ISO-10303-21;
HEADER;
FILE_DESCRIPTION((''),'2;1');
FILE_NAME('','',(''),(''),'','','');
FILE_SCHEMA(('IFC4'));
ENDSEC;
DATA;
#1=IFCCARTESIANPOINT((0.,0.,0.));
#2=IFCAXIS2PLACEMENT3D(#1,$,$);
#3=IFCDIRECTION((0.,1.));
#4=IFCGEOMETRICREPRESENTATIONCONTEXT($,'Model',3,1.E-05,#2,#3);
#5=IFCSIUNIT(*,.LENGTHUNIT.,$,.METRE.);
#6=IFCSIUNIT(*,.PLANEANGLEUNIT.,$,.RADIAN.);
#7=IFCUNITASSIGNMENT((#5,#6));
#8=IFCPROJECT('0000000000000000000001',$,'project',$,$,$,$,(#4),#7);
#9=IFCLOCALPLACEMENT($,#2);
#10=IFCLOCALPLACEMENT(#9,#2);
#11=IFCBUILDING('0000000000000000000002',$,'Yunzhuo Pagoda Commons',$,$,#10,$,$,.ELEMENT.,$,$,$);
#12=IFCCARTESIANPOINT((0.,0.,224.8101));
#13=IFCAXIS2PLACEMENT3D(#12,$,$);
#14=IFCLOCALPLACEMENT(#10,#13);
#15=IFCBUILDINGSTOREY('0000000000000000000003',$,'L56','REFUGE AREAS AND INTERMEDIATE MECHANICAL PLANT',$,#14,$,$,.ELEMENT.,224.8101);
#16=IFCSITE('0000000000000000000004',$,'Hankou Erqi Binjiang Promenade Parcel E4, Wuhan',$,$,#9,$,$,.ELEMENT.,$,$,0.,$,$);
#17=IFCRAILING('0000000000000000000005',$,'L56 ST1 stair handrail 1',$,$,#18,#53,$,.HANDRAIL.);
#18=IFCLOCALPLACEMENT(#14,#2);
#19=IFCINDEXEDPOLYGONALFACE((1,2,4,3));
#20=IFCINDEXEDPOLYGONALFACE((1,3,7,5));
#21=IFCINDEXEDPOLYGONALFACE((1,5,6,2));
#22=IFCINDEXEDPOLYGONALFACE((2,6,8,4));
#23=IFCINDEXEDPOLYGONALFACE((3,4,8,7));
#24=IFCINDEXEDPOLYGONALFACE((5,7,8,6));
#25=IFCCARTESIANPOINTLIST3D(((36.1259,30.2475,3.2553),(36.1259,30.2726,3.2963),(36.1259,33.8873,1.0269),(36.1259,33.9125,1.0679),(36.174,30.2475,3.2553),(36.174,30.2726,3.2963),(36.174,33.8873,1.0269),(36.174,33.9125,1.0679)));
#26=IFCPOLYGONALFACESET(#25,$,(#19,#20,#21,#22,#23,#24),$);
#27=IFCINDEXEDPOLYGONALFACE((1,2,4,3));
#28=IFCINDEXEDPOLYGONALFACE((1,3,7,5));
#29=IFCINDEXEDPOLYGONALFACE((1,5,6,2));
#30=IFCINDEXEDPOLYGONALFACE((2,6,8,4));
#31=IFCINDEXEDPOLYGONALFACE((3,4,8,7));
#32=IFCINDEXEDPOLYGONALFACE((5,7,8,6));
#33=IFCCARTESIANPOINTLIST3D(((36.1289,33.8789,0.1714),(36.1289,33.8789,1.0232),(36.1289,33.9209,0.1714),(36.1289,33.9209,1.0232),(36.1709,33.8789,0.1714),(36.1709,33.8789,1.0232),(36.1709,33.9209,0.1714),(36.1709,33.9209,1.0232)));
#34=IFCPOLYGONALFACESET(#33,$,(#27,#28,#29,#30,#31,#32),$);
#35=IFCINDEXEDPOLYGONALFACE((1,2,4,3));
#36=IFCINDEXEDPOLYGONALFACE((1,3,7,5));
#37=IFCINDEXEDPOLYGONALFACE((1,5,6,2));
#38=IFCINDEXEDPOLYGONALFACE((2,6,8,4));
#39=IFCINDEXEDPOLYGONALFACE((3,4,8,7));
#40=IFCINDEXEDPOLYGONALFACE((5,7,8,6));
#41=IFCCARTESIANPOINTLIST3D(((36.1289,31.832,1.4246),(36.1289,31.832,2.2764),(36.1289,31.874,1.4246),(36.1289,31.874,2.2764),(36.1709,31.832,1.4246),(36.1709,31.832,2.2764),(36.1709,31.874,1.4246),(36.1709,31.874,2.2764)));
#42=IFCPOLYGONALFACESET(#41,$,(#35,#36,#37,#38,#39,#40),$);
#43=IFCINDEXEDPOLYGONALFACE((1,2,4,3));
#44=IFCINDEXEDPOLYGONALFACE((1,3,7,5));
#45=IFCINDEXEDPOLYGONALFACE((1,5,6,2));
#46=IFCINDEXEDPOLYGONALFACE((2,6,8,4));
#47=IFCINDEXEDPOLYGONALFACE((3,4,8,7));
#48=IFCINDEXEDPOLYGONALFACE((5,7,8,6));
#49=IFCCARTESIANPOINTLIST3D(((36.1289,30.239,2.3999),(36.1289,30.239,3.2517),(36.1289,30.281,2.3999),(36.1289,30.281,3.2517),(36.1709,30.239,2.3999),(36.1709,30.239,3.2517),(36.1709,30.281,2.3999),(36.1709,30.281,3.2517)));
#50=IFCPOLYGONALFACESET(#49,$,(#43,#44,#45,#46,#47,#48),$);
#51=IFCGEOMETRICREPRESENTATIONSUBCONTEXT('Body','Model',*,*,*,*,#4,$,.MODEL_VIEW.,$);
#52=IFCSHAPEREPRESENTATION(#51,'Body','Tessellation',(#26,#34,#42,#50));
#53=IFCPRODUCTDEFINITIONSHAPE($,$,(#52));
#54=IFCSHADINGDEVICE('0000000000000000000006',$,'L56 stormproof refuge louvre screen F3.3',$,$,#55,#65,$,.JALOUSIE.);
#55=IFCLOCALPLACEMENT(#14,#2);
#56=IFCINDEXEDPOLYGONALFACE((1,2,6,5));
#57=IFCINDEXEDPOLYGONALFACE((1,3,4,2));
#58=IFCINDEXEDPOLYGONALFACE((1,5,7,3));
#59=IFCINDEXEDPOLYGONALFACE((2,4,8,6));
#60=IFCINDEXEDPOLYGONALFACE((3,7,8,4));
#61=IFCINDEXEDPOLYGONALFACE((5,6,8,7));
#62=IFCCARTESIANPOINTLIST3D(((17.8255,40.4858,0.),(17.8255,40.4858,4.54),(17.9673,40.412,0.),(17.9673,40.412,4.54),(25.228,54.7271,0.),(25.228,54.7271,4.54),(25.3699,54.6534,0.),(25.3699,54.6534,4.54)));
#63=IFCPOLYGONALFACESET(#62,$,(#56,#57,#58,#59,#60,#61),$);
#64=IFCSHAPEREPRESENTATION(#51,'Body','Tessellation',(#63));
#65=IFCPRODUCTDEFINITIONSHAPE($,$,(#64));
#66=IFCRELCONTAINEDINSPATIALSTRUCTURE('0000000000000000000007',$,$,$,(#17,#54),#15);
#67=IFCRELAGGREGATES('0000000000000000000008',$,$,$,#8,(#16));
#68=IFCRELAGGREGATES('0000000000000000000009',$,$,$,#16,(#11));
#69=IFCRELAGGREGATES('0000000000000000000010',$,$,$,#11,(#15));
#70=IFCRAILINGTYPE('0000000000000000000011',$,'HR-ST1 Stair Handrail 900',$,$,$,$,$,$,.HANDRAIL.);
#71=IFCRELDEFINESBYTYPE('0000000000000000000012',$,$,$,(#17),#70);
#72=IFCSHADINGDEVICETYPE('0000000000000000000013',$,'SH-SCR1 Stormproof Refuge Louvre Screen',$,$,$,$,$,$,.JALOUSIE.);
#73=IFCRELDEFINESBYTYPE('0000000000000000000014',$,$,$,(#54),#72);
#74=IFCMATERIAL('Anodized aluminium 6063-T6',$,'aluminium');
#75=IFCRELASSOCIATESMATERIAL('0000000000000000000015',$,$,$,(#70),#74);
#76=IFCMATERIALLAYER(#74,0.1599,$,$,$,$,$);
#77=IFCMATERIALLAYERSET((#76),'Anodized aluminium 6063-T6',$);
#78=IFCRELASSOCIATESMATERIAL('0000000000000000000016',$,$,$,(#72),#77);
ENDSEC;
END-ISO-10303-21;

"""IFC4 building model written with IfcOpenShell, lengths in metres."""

from ifc_helpers import new_model, si_unit, direction, frame, origin, origin_2d, place, context, subcontext, project, spatial, rectangle, extrude, source, transform, mapped, material, layer, layer_set, type_object, element, save


model = new_model("IFC4")

# Units and contexts
model_context = context("Model", 3, precision=1e-05, world=origin(), true_north=direction((0.0, 1.0)))
body_context = subcontext(model_context, "Body", "Model", "MODEL_VIEW")
ifc_project = project(units=[si_unit("LENGTHUNIT", "METRE"), si_unit("PLANEANGLEUNIT", "RADIAN")], contexts=[model_context])

# Site, building, storey
site_placement = place(None, origin())
site = spatial("IfcSite", under=ifc_project, at=site_placement, Name="Hankou Erqi Binjiang Promenade Parcel E4, Wuhan", CompositionType="ELEMENT", RefElevation=0.0)
building_placement = place(site_placement, origin())
building = spatial("IfcBuilding", under=site, at=building_placement, Name="Yunzhuo Pagoda Commons", CompositionType="ELEMENT")
storey_placement = place(building_placement, frame((0.0, 0.0, 224.8101)))
storey = spatial("IfcBuildingStorey", under=building, at=storey_placement, Name="L56", Description="REFUGE AREAS AND INTERMEDIATE MECHANICAL PLANT", CompositionType="ELEMENT", Elevation=224.8101)

# Railing
ifc_material_1 = material(Name="Anodized aluminium 6063-T6", Category="aluminium")
railing_type_1 = type_object("IfcRailingType", Name="HR-ST1 Stair Handrail 900", PredefinedType="HANDRAIL", material=ifc_material_1)
railing_1_placement = place(storey_placement, frame((36.1499, 33.8999, 0.1714)))
element("IfcRailing", 1, at=railing_1_placement, inside=storey, type_object=railing_type_1, Name="L56 ST1 stair handrail 1", PredefinedType="HANDRAIL", context=body_context, shape_type="SweptSolid", body=[
    extrude(rectangle(XDim=0.0481, YDim=0.0481, at=origin_2d()), frame((0.0, 0.0, 0.876), z_axis=(0.0, -0.85285, 0.522156), x_axis=(1.0, 0.0, 0.0)), (0.0, 0.0, 1.0), 4.2678),
    extrude(rectangle(XDim=0.042, YDim=0.042, at=origin_2d()), origin(), (0.0, 0.0, 1.0), 0.8518),
    extrude(rectangle(XDim=0.042, YDim=0.042, at=origin_2d()), frame((0.0, -2.0469, 1.2532)), (0.0, 0.0, 1.0), 0.8518),
    extrude(rectangle(XDim=0.042, YDim=0.042, at=origin_2d()), frame((0.0, -3.6399, 2.2285)), (0.0, 0.0, 1.0), 0.8518),
])

# Shading device
ifc_layer_1 = layer(ifc_material_1, 0.1599)
ifc_layer_set_1 = layer_set([ifc_layer_1], Name="Anodized aluminium 6063-T6")
shading_device_type = type_object("IfcShadingDeviceType", Name="SH-SCR1 Stormproof Refuge Louvre Screen", PredefinedType="JALOUSIE", material=ifc_layer_set_1)
shared_shape_1 = source(origin(), body_context, "Body", "SweptSolid", [
    extrude(rectangle(XDim=16.0503, YDim=0.1599, at=origin_2d()), origin(), (0.0, 0.0, 1.0), 4.54),
])
shading_device_placement = place(storey_placement, frame((21.5977, 47.5696, 0.0), z_axis=(0.0, 0.0, 1.0), x_axis=(-0.461207, -0.887293, 0.0)))
element("IfcShadingDevice", 2, at=shading_device_placement, inside=storey, type_object=shading_device_type, Name="L56 stormproof refuge louvre screen F3.3", PredefinedType="JALOUSIE", context=body_context, shape_type="MappedRepresentation", body=[
    mapped(shared_shape_1, transform((0.0, 0.0, 0.0), scale=1.0)),
])

save(model, "model.ifc")
